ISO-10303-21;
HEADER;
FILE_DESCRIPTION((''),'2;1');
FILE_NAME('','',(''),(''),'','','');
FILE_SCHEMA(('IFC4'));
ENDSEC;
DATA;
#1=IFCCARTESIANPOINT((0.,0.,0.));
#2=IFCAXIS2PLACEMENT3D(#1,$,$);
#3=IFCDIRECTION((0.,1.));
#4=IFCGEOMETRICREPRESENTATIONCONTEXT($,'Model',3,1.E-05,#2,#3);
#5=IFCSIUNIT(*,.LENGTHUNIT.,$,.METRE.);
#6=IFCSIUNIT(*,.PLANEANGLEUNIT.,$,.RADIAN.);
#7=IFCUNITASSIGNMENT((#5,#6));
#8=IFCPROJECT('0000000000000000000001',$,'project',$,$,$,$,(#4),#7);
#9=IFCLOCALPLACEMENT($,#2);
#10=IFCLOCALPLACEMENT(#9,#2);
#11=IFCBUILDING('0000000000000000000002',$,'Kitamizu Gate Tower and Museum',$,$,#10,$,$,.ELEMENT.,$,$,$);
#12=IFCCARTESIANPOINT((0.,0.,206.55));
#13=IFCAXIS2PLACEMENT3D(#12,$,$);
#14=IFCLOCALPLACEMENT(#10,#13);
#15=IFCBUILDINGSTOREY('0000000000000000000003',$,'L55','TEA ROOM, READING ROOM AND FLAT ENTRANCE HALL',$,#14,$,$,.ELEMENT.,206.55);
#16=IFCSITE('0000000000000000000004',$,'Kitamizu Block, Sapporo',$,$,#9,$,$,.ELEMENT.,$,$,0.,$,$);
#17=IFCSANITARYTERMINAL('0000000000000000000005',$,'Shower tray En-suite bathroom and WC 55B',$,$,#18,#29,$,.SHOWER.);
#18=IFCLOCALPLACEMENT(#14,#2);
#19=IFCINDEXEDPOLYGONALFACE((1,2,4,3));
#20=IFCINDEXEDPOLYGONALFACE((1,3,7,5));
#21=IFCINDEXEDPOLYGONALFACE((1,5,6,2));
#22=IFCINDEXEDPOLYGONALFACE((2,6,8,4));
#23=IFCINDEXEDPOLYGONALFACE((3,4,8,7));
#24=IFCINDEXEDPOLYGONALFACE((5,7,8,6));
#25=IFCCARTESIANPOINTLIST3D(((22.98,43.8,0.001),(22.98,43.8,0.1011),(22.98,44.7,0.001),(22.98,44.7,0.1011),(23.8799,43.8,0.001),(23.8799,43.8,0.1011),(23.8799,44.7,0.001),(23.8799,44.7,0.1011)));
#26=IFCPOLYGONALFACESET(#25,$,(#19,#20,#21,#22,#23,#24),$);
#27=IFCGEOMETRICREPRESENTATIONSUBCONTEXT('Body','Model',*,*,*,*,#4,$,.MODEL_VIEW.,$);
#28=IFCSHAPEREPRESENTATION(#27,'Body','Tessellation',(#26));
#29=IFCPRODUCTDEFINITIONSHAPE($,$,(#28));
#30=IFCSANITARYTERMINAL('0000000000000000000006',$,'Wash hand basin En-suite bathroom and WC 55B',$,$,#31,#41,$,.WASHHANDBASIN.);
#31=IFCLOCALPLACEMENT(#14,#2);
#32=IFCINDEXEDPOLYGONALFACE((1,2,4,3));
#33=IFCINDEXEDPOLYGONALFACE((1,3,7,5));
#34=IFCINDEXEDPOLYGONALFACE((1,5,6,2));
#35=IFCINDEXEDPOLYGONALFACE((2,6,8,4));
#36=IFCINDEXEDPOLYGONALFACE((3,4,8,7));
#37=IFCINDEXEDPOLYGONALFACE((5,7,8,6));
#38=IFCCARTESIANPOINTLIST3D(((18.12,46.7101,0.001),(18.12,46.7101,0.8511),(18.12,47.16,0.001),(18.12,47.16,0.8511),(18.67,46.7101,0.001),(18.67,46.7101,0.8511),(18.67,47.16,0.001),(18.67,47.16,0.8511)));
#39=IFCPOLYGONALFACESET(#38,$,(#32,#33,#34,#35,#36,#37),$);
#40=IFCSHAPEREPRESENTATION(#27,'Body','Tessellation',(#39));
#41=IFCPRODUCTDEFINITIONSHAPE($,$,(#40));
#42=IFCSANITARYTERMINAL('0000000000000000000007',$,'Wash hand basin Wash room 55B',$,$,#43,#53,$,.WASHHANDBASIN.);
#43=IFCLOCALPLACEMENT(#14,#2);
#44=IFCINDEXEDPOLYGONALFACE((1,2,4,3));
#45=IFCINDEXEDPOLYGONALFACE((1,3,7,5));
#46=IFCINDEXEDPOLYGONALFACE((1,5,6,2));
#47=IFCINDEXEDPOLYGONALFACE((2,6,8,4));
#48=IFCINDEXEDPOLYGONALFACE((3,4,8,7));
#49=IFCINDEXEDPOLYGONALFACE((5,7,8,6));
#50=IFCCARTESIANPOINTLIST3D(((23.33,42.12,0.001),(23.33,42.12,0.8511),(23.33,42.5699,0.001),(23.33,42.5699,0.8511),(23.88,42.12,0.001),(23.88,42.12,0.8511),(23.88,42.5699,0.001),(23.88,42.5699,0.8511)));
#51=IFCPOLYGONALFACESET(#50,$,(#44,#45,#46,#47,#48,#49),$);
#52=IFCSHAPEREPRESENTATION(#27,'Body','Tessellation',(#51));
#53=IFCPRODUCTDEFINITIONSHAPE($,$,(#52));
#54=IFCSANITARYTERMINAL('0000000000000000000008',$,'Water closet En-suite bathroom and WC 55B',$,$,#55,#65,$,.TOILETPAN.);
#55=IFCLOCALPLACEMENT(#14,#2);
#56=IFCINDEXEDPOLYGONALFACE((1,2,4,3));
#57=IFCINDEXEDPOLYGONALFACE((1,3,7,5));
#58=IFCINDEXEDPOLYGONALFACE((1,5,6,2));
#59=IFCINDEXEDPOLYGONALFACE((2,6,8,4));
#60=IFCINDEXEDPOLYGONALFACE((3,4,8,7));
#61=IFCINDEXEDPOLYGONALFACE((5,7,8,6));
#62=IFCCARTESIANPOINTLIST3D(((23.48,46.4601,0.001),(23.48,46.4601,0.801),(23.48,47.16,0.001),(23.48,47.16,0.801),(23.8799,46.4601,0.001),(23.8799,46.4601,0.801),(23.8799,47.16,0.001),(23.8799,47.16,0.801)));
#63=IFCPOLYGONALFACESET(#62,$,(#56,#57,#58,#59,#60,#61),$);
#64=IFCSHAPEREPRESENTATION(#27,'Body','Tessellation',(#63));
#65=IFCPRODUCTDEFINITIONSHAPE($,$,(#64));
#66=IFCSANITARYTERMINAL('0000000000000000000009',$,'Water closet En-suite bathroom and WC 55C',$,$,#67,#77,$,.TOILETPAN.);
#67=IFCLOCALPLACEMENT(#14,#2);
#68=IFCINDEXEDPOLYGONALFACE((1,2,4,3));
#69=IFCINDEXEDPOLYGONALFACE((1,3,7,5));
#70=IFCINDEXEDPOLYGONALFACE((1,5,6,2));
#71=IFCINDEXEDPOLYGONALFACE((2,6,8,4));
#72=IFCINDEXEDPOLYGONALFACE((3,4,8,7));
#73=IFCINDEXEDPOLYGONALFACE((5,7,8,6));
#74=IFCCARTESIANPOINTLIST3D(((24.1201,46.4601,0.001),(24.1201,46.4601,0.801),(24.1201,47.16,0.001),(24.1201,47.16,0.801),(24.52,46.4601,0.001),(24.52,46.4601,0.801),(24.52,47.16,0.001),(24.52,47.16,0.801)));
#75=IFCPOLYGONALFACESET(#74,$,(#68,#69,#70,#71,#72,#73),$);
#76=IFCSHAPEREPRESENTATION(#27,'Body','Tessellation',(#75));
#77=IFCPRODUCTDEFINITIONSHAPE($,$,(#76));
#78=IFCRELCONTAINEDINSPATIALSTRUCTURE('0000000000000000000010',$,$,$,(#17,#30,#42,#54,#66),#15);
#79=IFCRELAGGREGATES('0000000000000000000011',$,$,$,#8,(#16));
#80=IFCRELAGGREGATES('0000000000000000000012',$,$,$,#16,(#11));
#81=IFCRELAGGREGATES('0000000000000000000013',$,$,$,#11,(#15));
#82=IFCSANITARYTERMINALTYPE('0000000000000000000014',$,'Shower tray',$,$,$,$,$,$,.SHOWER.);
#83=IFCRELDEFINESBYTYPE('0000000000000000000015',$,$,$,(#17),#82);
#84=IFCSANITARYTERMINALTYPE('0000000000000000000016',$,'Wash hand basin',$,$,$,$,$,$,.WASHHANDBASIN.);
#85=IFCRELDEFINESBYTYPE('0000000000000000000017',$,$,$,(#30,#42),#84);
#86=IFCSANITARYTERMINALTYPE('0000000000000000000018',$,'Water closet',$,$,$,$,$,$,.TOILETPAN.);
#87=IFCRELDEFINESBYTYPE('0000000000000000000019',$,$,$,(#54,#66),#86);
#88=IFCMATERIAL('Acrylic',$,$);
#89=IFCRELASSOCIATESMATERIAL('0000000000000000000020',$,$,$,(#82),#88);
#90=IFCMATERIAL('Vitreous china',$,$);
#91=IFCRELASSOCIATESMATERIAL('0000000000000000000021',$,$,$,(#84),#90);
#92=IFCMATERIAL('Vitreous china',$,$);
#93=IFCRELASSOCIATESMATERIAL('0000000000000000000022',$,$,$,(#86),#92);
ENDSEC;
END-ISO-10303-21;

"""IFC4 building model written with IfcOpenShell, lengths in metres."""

from ifc_helpers import new_model, si_unit, direction, frame, origin, origin_2d, place, context, subcontext, project, spatial, rectangle, extrude, material, type_object, element, save


model = new_model("IFC4")

# Units and contexts
model_context = context("Model", 3, precision=1e-05, world=origin(), true_north=direction((0.0, 1.0)))
body_context = subcontext(model_context, "Body", "Model", "MODEL_VIEW")
ifc_project = project(units=[si_unit("LENGTHUNIT", "METRE"), si_unit("PLANEANGLEUNIT", "RADIAN")], contexts=[model_context])

# Site, building, storey
site_placement = place(None, origin())
site = spatial("IfcSite", under=ifc_project, at=site_placement, Name="Kitamizu Block, Sapporo", CompositionType="ELEMENT", RefElevation=0.0)
building_placement = place(site_placement, origin())
building = spatial("IfcBuilding", under=site, at=building_placement, Name="Kitamizu Gate Tower and Museum", CompositionType="ELEMENT")
storey_placement = place(building_placement, frame((0.0, 0.0, 206.55)))
storey = spatial("IfcBuildingStorey", under=building, at=storey_placement, Name="L55", Description="TEA ROOM, READING ROOM AND FLAT ENTRANCE HALL", CompositionType="ELEMENT", Elevation=206.55)

# Sanitary terminals
ifc_material_1 = material(Name="Acrylic")
sanitary_terminal_type_1 = type_object("IfcSanitaryTerminalType", Name="Shower tray", PredefinedType="SHOWER", material=ifc_material_1)
sanitary_terminal_placement = place(storey_placement, frame((23.4299, 44.25, 0.001), z_axis=(0.0, 0.0, 1.0), x_axis=(1.0, 0.0, 0.0)))
element("IfcSanitaryTerminal", 1, at=sanitary_terminal_placement, inside=storey, type_object=sanitary_terminal_type_1, Name="Shower tray En-suite bathroom and WC 55B", PredefinedType="SHOWER", context=body_context, shape_type="SweptSolid", body=[
    extrude(rectangle(XDim=0.8999, YDim=0.8999, at=origin_2d()), origin(), (0.0, 0.0, 1.0), 0.1001),
])
ifc_material_2 = material(Name="Vitreous china")
sanitary_terminal_type_2 = type_object("IfcSanitaryTerminalType", Name="Wash hand basin", PredefinedType="WASHHANDBASIN", material=ifc_material_2)
for number, where, z_axis, x_axis, name in (
    (2, (18.395, 46.9351, 0.001), (0.0, 0.0, 1.0), (1.0, 0.0, 0.0), "Wash hand basin En-suite bathroom and WC 55B"),
    (3, (23.605, 42.345, 0.001), (0.0, 0.0, 1.0), (1.0, 0.0, 0.0), "Wash hand basin Wash room 55B"),
):
    element("IfcSanitaryTerminal", number, at=place(storey_placement, frame(where, z_axis=z_axis, x_axis=x_axis)), inside=storey, type_object=sanitary_terminal_type_2, Name=name, PredefinedType="WASHHANDBASIN", context=body_context, shape_type="SweptSolid", body=[
        extrude(rectangle(XDim=0.55, YDim=0.45, at=origin_2d()), origin(), (0.0, 0.0, 1.0), 0.8501),
    ])
ifc_material_3 = material(Name="Vitreous china")
sanitary_terminal_type_3 = type_object("IfcSanitaryTerminalType", Name="Water closet", PredefinedType="TOILETPAN", material=ifc_material_3)
for number, where, z_axis, x_axis, name in (
    (4, (23.6799, 46.8101, 0.001), (0.0, 0.0, 1.0), (1.0, 0.0, 0.0), "Water closet En-suite bathroom and WC 55B"),
    (5, (24.3201, 46.8101, 0.001), (0.0, 0.0, 1.0), (1.0, 0.0, 0.0), "Water closet En-suite bathroom and WC 55C"),
):
    element("IfcSanitaryTerminal", number, at=place(storey_placement, frame(where, z_axis=z_axis, x_axis=x_axis)), inside=storey, type_object=sanitary_terminal_type_3, Name=name, PredefinedType="TOILETPAN", context=body_context, shape_type="SweptSolid", body=[
        extrude(rectangle(XDim=0.3999, YDim=0.7, at=origin_2d()), origin(), (0.0, 0.0, 1.0), 0.8),
    ])

save(model, "model.ifc")
